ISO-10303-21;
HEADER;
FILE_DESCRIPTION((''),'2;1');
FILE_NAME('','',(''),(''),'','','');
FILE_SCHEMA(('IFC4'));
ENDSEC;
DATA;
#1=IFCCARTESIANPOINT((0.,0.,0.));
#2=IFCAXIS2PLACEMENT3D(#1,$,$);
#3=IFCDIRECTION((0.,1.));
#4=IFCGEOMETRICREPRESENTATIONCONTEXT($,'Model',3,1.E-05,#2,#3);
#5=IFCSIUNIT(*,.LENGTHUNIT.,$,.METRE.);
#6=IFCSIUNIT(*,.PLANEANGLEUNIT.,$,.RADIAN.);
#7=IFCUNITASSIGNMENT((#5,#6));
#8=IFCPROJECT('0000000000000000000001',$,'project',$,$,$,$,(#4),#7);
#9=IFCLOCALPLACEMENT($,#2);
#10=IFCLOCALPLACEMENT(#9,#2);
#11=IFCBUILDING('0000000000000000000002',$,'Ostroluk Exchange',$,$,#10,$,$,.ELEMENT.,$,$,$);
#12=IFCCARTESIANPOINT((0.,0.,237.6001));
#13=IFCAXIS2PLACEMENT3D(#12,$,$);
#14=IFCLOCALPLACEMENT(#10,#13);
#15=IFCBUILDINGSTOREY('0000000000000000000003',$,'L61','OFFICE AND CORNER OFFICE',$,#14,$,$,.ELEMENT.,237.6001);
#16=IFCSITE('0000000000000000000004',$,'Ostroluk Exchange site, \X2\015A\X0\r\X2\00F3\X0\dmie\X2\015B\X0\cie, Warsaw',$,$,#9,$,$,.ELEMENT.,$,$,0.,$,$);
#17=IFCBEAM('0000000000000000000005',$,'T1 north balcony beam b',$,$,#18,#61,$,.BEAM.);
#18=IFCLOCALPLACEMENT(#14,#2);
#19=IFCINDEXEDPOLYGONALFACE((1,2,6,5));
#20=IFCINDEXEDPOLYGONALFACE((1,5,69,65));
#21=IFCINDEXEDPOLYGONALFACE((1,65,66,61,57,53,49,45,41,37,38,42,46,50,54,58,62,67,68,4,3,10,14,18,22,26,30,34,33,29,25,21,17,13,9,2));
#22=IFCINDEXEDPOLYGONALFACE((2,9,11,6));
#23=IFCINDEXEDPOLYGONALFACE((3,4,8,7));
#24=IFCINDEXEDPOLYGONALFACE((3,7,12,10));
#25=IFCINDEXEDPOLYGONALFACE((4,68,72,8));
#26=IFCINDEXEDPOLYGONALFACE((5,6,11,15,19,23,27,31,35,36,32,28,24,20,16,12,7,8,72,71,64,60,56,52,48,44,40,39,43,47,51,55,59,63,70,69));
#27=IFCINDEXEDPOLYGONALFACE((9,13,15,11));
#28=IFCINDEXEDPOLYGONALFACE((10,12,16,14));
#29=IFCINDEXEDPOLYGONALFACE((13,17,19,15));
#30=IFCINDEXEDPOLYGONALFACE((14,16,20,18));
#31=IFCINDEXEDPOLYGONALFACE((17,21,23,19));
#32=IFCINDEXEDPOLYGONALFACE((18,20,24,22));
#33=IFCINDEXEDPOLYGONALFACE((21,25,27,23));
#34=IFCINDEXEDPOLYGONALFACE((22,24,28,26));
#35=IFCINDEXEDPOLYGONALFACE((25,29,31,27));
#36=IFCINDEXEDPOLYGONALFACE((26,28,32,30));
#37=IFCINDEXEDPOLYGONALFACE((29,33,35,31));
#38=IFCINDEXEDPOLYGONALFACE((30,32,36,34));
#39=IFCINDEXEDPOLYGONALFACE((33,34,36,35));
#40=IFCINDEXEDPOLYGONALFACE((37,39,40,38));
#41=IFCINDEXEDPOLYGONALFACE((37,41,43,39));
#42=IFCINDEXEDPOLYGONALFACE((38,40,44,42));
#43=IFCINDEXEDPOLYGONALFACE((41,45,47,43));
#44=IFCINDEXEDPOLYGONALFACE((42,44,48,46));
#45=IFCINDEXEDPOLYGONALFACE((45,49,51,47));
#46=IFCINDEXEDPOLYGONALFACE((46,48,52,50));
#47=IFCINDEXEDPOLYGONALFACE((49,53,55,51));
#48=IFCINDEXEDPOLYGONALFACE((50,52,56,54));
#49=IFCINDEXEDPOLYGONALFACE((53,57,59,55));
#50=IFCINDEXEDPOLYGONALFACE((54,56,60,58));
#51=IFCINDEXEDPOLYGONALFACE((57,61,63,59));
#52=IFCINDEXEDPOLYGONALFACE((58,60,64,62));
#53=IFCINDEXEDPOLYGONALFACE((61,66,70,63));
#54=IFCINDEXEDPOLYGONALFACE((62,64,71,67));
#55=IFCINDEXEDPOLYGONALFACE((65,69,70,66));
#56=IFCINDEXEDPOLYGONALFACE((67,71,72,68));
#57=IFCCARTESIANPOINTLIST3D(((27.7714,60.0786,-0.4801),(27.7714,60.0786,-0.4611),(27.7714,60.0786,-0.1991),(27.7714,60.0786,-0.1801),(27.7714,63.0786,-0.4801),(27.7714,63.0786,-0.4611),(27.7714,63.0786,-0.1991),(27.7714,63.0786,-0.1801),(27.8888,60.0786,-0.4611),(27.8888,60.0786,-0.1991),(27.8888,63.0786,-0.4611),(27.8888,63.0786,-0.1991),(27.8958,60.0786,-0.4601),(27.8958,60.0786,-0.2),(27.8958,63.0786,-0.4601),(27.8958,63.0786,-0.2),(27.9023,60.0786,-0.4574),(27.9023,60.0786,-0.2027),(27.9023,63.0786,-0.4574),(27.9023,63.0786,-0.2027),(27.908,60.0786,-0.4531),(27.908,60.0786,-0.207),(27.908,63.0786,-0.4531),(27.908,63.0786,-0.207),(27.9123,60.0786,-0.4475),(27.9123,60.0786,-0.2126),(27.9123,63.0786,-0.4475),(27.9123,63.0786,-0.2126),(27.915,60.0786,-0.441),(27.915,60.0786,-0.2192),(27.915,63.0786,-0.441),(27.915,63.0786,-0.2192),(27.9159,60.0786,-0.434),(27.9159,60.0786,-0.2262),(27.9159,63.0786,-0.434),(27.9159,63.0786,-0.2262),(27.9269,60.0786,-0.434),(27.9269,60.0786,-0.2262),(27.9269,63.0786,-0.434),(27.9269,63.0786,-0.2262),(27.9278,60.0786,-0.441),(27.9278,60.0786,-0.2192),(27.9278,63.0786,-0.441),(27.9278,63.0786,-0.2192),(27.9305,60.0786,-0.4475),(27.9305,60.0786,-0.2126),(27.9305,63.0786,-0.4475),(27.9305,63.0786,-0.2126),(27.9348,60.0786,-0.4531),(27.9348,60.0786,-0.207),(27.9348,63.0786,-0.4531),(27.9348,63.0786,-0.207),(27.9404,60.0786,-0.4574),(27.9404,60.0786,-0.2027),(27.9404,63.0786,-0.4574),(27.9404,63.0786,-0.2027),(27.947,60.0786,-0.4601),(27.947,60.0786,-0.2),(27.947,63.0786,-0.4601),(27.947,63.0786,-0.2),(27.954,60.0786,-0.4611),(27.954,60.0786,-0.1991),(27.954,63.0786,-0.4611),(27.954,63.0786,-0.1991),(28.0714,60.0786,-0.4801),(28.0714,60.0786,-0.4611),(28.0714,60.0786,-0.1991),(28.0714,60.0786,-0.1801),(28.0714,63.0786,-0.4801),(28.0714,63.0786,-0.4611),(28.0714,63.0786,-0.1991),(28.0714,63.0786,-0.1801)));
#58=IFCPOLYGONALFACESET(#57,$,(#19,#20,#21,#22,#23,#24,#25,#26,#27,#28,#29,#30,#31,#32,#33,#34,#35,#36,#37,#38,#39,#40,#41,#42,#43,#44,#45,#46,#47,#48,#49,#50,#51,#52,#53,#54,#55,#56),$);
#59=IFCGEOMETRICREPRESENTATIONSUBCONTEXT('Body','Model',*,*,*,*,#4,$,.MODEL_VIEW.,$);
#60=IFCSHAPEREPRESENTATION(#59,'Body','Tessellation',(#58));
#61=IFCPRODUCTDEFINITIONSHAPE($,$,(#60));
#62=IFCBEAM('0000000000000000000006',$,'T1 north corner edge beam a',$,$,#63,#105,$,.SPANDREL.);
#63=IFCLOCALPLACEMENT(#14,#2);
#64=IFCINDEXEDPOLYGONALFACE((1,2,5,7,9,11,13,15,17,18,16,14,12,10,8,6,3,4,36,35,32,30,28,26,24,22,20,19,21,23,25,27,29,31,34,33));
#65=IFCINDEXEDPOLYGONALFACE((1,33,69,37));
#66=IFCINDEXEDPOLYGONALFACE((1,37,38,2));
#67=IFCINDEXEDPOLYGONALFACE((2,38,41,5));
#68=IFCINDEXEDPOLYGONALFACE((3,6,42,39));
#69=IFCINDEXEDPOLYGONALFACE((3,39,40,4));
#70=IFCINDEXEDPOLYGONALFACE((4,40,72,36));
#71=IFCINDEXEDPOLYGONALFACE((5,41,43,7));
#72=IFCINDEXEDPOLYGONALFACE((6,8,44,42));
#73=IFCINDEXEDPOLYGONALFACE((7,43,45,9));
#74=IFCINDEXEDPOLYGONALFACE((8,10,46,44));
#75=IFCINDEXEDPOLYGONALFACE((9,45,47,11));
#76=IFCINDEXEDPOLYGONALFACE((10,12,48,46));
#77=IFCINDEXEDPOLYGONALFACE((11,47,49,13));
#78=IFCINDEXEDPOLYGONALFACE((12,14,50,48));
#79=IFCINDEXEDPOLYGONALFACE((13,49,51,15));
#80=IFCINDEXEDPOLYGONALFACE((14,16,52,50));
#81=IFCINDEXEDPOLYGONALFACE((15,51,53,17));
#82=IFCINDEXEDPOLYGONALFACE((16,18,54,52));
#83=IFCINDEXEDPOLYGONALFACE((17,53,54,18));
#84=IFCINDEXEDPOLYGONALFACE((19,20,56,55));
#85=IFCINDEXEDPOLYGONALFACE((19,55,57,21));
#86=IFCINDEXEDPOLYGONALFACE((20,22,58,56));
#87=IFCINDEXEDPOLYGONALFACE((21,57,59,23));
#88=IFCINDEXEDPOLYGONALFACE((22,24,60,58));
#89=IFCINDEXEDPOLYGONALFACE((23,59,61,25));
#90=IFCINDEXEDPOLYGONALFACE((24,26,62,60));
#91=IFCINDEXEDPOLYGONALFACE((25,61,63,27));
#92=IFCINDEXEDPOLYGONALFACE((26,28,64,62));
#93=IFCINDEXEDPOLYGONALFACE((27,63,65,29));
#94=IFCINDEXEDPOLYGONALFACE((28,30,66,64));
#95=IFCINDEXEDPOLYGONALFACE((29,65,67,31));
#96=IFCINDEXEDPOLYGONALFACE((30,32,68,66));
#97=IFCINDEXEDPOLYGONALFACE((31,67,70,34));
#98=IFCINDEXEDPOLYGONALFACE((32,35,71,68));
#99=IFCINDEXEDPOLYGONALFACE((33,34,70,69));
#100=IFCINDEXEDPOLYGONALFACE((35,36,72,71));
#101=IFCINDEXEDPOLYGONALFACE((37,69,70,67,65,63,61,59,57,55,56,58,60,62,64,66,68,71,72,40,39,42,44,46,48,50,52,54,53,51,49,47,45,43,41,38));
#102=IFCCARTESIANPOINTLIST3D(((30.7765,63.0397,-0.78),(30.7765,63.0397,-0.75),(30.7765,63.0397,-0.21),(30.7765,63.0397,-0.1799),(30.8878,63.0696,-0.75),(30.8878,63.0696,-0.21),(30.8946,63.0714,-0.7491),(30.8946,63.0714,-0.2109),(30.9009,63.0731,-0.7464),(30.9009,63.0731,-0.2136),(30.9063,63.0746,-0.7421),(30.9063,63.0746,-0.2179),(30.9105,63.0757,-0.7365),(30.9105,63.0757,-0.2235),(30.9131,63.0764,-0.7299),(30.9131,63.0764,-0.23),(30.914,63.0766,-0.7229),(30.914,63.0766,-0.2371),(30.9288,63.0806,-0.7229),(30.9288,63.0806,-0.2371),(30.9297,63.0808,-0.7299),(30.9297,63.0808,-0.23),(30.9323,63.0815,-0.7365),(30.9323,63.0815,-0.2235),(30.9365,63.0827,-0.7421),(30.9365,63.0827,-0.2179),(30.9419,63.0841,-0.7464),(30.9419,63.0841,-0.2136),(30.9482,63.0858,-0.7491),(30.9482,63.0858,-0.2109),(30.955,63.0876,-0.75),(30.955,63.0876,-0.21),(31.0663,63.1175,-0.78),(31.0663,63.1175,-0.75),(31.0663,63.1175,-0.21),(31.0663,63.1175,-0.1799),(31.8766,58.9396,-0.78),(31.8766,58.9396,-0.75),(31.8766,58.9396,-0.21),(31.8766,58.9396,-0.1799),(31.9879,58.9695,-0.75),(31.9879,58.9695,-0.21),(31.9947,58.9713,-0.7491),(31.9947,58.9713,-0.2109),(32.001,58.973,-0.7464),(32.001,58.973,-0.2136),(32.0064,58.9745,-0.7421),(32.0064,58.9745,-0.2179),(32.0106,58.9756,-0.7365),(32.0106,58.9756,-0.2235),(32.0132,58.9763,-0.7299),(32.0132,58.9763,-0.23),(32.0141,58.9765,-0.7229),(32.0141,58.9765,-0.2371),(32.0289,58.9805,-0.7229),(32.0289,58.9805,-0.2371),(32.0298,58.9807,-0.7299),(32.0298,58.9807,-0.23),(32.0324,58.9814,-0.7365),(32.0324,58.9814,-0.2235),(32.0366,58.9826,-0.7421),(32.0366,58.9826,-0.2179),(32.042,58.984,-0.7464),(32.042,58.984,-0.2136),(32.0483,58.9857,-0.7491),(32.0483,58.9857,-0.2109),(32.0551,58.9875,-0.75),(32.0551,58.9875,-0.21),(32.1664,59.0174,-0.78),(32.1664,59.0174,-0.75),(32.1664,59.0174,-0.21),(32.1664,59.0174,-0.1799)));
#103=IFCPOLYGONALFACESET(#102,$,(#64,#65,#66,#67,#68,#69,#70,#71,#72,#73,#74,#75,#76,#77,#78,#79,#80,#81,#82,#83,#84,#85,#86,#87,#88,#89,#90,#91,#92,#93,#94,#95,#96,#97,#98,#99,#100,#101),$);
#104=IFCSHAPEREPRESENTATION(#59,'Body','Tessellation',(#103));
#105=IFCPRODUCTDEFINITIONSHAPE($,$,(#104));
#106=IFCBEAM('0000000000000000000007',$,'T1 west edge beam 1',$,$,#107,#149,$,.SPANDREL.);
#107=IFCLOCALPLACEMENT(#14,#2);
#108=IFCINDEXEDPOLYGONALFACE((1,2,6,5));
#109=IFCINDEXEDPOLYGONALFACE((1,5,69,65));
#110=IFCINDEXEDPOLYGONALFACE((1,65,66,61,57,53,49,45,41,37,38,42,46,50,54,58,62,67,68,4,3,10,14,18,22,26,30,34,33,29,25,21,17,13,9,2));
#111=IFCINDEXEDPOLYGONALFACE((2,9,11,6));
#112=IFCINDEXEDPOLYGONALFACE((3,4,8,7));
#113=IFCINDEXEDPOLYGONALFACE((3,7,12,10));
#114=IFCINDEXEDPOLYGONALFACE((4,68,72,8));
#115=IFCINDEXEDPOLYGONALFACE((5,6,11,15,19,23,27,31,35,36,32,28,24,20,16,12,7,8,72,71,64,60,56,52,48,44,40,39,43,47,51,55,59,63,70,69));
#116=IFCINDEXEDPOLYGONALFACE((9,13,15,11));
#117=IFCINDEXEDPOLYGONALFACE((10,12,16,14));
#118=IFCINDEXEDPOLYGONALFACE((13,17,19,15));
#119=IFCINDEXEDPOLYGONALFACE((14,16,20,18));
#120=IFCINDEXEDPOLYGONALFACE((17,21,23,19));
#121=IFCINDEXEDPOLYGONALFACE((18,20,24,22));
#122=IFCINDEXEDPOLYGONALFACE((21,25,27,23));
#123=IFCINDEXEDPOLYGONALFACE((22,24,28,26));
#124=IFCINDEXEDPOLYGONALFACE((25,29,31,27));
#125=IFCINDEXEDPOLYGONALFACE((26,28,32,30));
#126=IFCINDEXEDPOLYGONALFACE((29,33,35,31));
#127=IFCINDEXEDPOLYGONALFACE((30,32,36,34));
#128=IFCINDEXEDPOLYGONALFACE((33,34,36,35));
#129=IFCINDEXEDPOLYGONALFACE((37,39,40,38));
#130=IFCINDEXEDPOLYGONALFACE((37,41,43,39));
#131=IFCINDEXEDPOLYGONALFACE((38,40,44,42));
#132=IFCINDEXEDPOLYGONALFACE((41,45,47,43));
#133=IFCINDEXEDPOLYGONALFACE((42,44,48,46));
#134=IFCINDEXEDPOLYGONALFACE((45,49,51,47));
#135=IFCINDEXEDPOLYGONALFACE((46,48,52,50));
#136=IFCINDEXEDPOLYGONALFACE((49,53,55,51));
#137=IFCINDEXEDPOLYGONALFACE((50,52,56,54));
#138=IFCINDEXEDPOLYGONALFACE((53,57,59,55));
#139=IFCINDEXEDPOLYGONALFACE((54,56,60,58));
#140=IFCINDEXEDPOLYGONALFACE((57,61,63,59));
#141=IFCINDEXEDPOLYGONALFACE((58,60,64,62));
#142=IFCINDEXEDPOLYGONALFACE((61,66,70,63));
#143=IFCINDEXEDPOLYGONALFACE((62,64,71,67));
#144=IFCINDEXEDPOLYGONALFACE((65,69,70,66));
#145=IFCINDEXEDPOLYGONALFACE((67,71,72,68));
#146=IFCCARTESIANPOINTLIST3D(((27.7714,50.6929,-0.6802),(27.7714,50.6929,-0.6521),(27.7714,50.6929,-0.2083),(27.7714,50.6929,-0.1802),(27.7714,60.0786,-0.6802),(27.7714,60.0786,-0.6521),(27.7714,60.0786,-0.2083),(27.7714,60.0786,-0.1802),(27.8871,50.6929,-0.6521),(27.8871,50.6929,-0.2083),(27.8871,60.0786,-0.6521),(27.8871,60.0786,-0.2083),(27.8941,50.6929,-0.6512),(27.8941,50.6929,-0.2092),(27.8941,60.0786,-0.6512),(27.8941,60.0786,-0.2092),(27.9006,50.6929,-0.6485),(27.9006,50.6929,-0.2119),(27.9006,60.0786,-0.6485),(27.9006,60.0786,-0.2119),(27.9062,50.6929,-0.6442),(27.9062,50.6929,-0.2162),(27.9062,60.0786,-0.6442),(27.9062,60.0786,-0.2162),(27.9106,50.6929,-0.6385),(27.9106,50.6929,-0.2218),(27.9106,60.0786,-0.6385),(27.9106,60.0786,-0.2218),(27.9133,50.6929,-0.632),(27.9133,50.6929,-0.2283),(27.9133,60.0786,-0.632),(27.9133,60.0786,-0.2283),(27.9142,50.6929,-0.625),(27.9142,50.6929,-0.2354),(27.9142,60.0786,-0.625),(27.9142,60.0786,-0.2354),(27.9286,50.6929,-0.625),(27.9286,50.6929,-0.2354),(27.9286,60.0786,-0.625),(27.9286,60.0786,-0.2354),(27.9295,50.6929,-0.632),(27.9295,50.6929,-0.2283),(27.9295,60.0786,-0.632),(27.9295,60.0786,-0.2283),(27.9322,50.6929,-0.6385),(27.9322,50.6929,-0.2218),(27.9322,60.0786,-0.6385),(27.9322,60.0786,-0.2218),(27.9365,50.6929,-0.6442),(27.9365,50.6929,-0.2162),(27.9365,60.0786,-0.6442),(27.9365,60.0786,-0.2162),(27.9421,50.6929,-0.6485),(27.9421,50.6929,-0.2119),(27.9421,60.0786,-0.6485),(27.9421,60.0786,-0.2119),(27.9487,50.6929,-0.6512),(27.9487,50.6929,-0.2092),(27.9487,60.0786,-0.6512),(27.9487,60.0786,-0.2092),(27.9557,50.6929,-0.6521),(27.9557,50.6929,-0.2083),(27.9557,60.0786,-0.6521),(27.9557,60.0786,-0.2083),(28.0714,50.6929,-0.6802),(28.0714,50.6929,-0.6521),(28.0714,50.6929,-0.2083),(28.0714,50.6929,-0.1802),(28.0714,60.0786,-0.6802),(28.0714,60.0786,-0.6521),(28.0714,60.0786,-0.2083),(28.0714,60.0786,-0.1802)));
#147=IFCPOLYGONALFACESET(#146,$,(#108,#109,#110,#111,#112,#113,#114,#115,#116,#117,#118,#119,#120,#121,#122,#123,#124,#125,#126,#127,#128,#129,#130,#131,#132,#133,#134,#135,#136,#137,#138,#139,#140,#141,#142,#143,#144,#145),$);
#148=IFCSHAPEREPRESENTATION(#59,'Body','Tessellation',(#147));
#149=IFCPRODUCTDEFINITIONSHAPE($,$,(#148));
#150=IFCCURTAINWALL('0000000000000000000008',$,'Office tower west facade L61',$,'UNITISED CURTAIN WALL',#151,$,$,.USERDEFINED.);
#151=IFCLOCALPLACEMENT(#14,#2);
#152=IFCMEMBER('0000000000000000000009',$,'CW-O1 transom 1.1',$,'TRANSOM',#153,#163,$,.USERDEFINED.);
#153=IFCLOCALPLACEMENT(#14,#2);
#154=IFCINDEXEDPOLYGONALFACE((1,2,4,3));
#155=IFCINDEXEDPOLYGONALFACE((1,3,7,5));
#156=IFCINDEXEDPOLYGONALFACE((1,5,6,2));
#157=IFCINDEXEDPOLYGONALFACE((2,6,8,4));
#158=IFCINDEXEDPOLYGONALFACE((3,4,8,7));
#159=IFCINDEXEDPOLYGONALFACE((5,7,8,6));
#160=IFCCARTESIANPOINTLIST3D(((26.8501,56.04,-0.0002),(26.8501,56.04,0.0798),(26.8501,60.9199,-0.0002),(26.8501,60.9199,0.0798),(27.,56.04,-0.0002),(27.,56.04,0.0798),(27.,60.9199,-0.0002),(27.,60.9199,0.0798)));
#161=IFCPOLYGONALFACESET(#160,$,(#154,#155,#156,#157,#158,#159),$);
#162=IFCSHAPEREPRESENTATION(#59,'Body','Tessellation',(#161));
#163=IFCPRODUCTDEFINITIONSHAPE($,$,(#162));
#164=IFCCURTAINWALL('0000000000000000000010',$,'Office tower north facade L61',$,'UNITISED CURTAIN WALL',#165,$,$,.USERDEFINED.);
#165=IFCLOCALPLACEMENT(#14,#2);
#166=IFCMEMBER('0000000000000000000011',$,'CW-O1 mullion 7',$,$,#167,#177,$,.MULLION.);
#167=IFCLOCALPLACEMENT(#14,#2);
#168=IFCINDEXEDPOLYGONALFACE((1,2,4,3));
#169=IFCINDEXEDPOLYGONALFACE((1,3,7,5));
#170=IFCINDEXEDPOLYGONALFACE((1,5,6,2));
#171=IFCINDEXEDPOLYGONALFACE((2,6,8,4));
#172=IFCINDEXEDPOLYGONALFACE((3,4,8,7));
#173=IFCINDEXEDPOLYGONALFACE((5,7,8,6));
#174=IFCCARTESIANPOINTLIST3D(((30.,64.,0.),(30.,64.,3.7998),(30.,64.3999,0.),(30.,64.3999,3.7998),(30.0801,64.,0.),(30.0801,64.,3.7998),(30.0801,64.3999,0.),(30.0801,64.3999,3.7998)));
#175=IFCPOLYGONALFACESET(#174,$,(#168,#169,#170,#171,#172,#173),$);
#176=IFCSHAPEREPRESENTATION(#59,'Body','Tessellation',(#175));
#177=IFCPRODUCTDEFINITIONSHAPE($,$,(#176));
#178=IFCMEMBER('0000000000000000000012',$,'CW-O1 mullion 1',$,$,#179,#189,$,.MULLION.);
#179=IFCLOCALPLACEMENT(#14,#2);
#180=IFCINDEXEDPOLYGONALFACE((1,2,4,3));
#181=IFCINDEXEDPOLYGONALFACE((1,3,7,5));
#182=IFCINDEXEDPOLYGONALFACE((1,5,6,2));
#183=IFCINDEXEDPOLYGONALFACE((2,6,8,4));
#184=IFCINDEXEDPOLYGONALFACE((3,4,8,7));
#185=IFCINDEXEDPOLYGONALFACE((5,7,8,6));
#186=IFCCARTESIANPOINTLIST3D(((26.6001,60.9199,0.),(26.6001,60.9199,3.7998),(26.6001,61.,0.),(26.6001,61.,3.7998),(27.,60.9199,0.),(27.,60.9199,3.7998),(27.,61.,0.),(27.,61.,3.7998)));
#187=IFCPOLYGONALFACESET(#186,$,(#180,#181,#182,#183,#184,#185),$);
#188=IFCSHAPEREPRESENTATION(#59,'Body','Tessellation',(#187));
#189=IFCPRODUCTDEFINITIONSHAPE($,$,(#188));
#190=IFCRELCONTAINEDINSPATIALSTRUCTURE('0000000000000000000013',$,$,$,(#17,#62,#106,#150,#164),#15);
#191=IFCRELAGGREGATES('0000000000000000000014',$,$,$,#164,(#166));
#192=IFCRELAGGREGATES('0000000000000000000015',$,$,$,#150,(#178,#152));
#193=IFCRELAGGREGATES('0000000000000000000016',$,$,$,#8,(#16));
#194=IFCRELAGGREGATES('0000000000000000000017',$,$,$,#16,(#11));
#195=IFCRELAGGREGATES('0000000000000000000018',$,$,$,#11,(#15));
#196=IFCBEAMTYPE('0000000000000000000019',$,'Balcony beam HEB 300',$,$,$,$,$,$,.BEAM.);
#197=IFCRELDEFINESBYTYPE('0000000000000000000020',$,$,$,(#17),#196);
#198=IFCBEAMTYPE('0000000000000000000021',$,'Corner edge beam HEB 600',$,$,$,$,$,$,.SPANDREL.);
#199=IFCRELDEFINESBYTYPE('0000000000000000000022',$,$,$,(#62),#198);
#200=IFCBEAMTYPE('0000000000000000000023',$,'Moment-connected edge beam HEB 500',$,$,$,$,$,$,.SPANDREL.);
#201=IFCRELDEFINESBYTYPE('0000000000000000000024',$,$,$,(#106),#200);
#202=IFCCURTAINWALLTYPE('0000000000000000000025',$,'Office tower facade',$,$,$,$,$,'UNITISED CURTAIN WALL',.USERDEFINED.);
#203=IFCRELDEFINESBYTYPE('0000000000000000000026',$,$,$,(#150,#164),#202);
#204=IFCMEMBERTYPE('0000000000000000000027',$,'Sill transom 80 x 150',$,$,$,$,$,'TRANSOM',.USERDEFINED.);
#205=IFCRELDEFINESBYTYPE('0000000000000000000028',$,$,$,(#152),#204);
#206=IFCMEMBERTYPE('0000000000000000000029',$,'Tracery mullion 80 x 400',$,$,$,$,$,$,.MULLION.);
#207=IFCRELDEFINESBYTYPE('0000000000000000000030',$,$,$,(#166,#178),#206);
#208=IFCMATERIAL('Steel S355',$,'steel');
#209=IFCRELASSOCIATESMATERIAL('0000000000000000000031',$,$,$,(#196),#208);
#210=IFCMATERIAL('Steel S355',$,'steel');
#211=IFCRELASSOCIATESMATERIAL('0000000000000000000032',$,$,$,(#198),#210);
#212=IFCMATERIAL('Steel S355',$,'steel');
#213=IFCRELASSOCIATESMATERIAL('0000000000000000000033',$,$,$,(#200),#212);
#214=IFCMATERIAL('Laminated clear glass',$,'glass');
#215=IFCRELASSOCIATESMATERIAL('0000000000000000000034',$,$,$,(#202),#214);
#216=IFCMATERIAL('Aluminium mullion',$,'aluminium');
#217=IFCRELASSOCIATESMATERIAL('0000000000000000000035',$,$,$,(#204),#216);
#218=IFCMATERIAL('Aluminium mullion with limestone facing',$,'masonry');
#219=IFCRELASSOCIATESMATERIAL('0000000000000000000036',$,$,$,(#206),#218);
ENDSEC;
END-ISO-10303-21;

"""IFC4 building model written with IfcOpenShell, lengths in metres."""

from ifc_helpers import new_model, si_unit, direction, frame, origin, origin_2d, place, context, subcontext, project, spatial, rectangle, i_section, extrude, material, material_profile, profile_set, type_object, element, aggregate, save


model = new_model("IFC4")

# Units and contexts
model_context = context("Model", 3, precision=1e-05, world=origin(), true_north=direction((0.0, 1.0)))
body_context = subcontext(model_context, "Body", "Model", "MODEL_VIEW")
ifc_project = project(units=[si_unit("LENGTHUNIT", "METRE"), si_unit("PLANEANGLEUNIT", "RADIAN")], contexts=[model_context])

# Site, building, storey
site_placement = place(None, origin())
site = spatial("IfcSite", under=ifc_project, at=site_placement, Name="Ostroluk Exchange site, Śródmieście, Warsaw", CompositionType="ELEMENT", RefElevation=0.0)
building_placement = place(site_placement, origin())
building = spatial("IfcBuilding", under=site, at=building_placement, Name="Ostroluk Exchange", CompositionType="ELEMENT")
storey_placement = place(building_placement, frame((0.0, 0.0, 237.6001)))
storey = spatial("IfcBuildingStorey", under=building, at=storey_placement, Name="L61", Description="OFFICE AND CORNER OFFICE", CompositionType="ELEMENT", Elevation=237.6001)

# Beams
ifc_material_1 = material(Name="Steel S355", Category="steel")
ifc_material_profile_1 = material_profile(ifc_material_1, i_section(OverallWidth=0.3, OverallDepth=0.3, WebThickness=0.011, FlangeThickness=0.019, FilletRadius=0.0271, at=origin_2d()), Name="HEB 300")
ifc_profile_set_1 = profile_set([ifc_material_profile_1], Name="Steel S355")
beam_type_1 = type_object("IfcBeamType", Name="Balcony beam HEB 300", PredefinedType="BEAM", material=ifc_profile_set_1)
for number, where, z_axis, x_axis, name in (
    (1, (27.9214, 60.0786, -0.3301), (0.0, 1.0, 0.0), (-1.0, 0.0, 0.0), "T1 north balcony beam b"),
):
    element("IfcBeam", number, at=place(storey_placement, frame(where, z_axis=z_axis, x_axis=x_axis)), inside=storey, type_object=beam_type_1, Name=name, PredefinedType="BEAM", context=body_context, shape_type="SweptSolid", body=[
        extrude(i_section(OverallWidth=0.3, OverallDepth=0.3, WebThickness=0.011, FlangeThickness=0.019, FilletRadius=0.0271, at=origin_2d()), origin(), (0.0, 0.0, 1.0), 3.0),
    ])
ifc_material_2 = material(Name="Steel S355", Category="steel")
ifc_material_profile_2 = material_profile(ifc_material_2, i_section(OverallWidth=0.3, OverallDepth=0.6001, WebThickness=0.0154, FlangeThickness=0.03, FilletRadius=0.0271, at=origin_2d()), Name="HEB 600")
ifc_profile_set_2 = profile_set([ifc_material_profile_2], Name="Steel S355")
beam_type_2 = type_object("IfcBeamType", Name="Corner edge beam HEB 600", PredefinedType="SPANDREL", material=ifc_profile_set_2)
beam_1_placement = place(storey_placement, frame((32.0215, 58.9785, -0.48), z_axis=(-0.259144, 0.965839, 0.0), x_axis=(-0.965839, -0.259144, 0.0)))
element("IfcBeam", 2, at=beam_1_placement, inside=storey, type_object=beam_type_2, Name="T1 north corner edge beam a", PredefinedType="SPANDREL", context=body_context, shape_type="SweptSolid", body=[
    extrude(i_section(OverallWidth=0.3, OverallDepth=0.6001, WebThickness=0.0154, FlangeThickness=0.03, FilletRadius=0.0271, at=origin_2d()), origin(), (0.0, 0.0, 1.0), 4.2451),
])
ifc_material_3 = material(Name="Steel S355", Category="steel")
ifc_material_profile_3 = material_profile(ifc_material_3, i_section(OverallWidth=0.3, OverallDepth=0.5, WebThickness=0.0144, FlangeThickness=0.0281, FilletRadius=0.0271, at=origin_2d()), Name="HEB 500")
ifc_profile_set_3 = profile_set([ifc_material_profile_3], Name="Steel S355")
beam_type_3 = type_object("IfcBeamType", Name="Moment-connected edge beam HEB 500", PredefinedType="SPANDREL", material=ifc_profile_set_3)
beam_2_placement = place(storey_placement, frame((27.9214, 60.0786, -0.4302), z_axis=(0.0, -1.0, 0.0), x_axis=(1.0, 0.0, 0.0)))
element("IfcBeam", 3, at=beam_2_placement, inside=storey, type_object=beam_type_3, Name="T1 west edge beam 1", PredefinedType="SPANDREL", context=body_context, shape_type="SweptSolid", body=[
    extrude(i_section(OverallWidth=0.3, OverallDepth=0.5, WebThickness=0.0144, FlangeThickness=0.0281, FilletRadius=0.0271, at=origin_2d()), origin(), (0.0, 0.0, 1.0), 9.3857),
])

# Curtain walls, members
ifc_material_4 = material(Name="Laminated clear glass", Category="glass")
curtain_wall_type = type_object("IfcCurtainWallType", Name="Office tower facade", ElementType="UNITISED CURTAIN WALL", PredefinedType="USERDEFINED", material=ifc_material_4)
curtain_wall_1_placement = place(storey_placement, origin())
curtain_wall_1 = element("IfcCurtainWall", 4, at=curtain_wall_1_placement, inside=storey, type_object=curtain_wall_type, Name="Office tower west facade L61", ObjectType="UNITISED CURTAIN WALL", PredefinedType="USERDEFINED")
ifc_material_5 = material(Name="Aluminium mullion", Category="aluminium")
ifc_material_profile_4 = material_profile(ifc_material_5, rectangle(XDim=0.1499, YDim=0.0801, at=origin_2d()), Name="Sill transom 80 x 150")
ifc_profile_set_4 = profile_set([ifc_material_profile_4], Name="Aluminium mullion")
member_type_1 = type_object("IfcMemberType", Name="Sill transom 80 x 150", ElementType="TRANSOM", PredefinedType="USERDEFINED", material=ifc_profile_set_4)
member_1_placement = place(storey_placement, frame((26.925, 60.9199, 0.0398), z_axis=(0.0, -1.0, 0.0), x_axis=(1.0, 0.0, 0.0)))
member_1 = element("IfcMember", 5, at=member_1_placement, type_object=member_type_1, Name="CW-O1 transom 1.1", ObjectType="TRANSOM", PredefinedType="USERDEFINED", context=body_context, shape_type="SweptSolid", body=[
    extrude(rectangle(XDim=0.1499, YDim=0.0801, at=origin_2d()), origin(), (0.0, 0.0, 1.0), 4.8799),
])
curtain_wall_2_placement = place(storey_placement, origin())
curtain_wall_2 = element("IfcCurtainWall", 6, at=curtain_wall_2_placement, inside=storey, type_object=curtain_wall_type, Name="Office tower north facade L61", ObjectType="UNITISED CURTAIN WALL", PredefinedType="USERDEFINED")
ifc_material_6 = material(Name="Aluminium mullion with limestone facing", Category="masonry")
ifc_material_profile_5 = material_profile(ifc_material_6, rectangle(XDim=0.3999, YDim=0.0801, at=origin_2d()), Name="Tracery mullion 80 x 400")
ifc_profile_set_5 = profile_set([ifc_material_profile_5], Name="Aluminium mullion with limestone facing")
member_type_2 = type_object("IfcMemberType", Name="Tracery mullion 80 x 400", PredefinedType="MULLION", material=ifc_profile_set_5)
member_2_placement = place(storey_placement, frame((30.04, 64.2, 0.0), z_axis=(0.0, 0.0, 1.0), x_axis=(0.0, -1.0, 0.0)))
member_2 = element("IfcMember", 7, at=member_2_placement, type_object=member_type_2, Name="CW-O1 mullion 7", PredefinedType="MULLION", context=body_context, shape_type="SweptSolid", body=[
    extrude(rectangle(XDim=0.3999, YDim=0.0801, at=origin_2d()), origin(), (0.0, 0.0, 1.0), 3.7998),
])
aggregate(curtain_wall_2, [member_2])

# Member
member_3_placement = place(storey_placement, frame((26.8, 60.96, 0.0), z_axis=(0.0, 0.0, 1.0), x_axis=(1.0, 0.0, 0.0)))
member_3 = element("IfcMember", 8, at=member_3_placement, type_object=member_type_2, Name="CW-O1 mullion 1", PredefinedType="MULLION", context=body_context, shape_type="SweptSolid", body=[
    extrude(rectangle(XDim=0.3999, YDim=0.0801, at=origin_2d()), origin(), (0.0, 0.0, 1.0), 3.7998),
])

aggregate(curtain_wall_1, [member_3, member_1])

save(model, "model.ifc")
